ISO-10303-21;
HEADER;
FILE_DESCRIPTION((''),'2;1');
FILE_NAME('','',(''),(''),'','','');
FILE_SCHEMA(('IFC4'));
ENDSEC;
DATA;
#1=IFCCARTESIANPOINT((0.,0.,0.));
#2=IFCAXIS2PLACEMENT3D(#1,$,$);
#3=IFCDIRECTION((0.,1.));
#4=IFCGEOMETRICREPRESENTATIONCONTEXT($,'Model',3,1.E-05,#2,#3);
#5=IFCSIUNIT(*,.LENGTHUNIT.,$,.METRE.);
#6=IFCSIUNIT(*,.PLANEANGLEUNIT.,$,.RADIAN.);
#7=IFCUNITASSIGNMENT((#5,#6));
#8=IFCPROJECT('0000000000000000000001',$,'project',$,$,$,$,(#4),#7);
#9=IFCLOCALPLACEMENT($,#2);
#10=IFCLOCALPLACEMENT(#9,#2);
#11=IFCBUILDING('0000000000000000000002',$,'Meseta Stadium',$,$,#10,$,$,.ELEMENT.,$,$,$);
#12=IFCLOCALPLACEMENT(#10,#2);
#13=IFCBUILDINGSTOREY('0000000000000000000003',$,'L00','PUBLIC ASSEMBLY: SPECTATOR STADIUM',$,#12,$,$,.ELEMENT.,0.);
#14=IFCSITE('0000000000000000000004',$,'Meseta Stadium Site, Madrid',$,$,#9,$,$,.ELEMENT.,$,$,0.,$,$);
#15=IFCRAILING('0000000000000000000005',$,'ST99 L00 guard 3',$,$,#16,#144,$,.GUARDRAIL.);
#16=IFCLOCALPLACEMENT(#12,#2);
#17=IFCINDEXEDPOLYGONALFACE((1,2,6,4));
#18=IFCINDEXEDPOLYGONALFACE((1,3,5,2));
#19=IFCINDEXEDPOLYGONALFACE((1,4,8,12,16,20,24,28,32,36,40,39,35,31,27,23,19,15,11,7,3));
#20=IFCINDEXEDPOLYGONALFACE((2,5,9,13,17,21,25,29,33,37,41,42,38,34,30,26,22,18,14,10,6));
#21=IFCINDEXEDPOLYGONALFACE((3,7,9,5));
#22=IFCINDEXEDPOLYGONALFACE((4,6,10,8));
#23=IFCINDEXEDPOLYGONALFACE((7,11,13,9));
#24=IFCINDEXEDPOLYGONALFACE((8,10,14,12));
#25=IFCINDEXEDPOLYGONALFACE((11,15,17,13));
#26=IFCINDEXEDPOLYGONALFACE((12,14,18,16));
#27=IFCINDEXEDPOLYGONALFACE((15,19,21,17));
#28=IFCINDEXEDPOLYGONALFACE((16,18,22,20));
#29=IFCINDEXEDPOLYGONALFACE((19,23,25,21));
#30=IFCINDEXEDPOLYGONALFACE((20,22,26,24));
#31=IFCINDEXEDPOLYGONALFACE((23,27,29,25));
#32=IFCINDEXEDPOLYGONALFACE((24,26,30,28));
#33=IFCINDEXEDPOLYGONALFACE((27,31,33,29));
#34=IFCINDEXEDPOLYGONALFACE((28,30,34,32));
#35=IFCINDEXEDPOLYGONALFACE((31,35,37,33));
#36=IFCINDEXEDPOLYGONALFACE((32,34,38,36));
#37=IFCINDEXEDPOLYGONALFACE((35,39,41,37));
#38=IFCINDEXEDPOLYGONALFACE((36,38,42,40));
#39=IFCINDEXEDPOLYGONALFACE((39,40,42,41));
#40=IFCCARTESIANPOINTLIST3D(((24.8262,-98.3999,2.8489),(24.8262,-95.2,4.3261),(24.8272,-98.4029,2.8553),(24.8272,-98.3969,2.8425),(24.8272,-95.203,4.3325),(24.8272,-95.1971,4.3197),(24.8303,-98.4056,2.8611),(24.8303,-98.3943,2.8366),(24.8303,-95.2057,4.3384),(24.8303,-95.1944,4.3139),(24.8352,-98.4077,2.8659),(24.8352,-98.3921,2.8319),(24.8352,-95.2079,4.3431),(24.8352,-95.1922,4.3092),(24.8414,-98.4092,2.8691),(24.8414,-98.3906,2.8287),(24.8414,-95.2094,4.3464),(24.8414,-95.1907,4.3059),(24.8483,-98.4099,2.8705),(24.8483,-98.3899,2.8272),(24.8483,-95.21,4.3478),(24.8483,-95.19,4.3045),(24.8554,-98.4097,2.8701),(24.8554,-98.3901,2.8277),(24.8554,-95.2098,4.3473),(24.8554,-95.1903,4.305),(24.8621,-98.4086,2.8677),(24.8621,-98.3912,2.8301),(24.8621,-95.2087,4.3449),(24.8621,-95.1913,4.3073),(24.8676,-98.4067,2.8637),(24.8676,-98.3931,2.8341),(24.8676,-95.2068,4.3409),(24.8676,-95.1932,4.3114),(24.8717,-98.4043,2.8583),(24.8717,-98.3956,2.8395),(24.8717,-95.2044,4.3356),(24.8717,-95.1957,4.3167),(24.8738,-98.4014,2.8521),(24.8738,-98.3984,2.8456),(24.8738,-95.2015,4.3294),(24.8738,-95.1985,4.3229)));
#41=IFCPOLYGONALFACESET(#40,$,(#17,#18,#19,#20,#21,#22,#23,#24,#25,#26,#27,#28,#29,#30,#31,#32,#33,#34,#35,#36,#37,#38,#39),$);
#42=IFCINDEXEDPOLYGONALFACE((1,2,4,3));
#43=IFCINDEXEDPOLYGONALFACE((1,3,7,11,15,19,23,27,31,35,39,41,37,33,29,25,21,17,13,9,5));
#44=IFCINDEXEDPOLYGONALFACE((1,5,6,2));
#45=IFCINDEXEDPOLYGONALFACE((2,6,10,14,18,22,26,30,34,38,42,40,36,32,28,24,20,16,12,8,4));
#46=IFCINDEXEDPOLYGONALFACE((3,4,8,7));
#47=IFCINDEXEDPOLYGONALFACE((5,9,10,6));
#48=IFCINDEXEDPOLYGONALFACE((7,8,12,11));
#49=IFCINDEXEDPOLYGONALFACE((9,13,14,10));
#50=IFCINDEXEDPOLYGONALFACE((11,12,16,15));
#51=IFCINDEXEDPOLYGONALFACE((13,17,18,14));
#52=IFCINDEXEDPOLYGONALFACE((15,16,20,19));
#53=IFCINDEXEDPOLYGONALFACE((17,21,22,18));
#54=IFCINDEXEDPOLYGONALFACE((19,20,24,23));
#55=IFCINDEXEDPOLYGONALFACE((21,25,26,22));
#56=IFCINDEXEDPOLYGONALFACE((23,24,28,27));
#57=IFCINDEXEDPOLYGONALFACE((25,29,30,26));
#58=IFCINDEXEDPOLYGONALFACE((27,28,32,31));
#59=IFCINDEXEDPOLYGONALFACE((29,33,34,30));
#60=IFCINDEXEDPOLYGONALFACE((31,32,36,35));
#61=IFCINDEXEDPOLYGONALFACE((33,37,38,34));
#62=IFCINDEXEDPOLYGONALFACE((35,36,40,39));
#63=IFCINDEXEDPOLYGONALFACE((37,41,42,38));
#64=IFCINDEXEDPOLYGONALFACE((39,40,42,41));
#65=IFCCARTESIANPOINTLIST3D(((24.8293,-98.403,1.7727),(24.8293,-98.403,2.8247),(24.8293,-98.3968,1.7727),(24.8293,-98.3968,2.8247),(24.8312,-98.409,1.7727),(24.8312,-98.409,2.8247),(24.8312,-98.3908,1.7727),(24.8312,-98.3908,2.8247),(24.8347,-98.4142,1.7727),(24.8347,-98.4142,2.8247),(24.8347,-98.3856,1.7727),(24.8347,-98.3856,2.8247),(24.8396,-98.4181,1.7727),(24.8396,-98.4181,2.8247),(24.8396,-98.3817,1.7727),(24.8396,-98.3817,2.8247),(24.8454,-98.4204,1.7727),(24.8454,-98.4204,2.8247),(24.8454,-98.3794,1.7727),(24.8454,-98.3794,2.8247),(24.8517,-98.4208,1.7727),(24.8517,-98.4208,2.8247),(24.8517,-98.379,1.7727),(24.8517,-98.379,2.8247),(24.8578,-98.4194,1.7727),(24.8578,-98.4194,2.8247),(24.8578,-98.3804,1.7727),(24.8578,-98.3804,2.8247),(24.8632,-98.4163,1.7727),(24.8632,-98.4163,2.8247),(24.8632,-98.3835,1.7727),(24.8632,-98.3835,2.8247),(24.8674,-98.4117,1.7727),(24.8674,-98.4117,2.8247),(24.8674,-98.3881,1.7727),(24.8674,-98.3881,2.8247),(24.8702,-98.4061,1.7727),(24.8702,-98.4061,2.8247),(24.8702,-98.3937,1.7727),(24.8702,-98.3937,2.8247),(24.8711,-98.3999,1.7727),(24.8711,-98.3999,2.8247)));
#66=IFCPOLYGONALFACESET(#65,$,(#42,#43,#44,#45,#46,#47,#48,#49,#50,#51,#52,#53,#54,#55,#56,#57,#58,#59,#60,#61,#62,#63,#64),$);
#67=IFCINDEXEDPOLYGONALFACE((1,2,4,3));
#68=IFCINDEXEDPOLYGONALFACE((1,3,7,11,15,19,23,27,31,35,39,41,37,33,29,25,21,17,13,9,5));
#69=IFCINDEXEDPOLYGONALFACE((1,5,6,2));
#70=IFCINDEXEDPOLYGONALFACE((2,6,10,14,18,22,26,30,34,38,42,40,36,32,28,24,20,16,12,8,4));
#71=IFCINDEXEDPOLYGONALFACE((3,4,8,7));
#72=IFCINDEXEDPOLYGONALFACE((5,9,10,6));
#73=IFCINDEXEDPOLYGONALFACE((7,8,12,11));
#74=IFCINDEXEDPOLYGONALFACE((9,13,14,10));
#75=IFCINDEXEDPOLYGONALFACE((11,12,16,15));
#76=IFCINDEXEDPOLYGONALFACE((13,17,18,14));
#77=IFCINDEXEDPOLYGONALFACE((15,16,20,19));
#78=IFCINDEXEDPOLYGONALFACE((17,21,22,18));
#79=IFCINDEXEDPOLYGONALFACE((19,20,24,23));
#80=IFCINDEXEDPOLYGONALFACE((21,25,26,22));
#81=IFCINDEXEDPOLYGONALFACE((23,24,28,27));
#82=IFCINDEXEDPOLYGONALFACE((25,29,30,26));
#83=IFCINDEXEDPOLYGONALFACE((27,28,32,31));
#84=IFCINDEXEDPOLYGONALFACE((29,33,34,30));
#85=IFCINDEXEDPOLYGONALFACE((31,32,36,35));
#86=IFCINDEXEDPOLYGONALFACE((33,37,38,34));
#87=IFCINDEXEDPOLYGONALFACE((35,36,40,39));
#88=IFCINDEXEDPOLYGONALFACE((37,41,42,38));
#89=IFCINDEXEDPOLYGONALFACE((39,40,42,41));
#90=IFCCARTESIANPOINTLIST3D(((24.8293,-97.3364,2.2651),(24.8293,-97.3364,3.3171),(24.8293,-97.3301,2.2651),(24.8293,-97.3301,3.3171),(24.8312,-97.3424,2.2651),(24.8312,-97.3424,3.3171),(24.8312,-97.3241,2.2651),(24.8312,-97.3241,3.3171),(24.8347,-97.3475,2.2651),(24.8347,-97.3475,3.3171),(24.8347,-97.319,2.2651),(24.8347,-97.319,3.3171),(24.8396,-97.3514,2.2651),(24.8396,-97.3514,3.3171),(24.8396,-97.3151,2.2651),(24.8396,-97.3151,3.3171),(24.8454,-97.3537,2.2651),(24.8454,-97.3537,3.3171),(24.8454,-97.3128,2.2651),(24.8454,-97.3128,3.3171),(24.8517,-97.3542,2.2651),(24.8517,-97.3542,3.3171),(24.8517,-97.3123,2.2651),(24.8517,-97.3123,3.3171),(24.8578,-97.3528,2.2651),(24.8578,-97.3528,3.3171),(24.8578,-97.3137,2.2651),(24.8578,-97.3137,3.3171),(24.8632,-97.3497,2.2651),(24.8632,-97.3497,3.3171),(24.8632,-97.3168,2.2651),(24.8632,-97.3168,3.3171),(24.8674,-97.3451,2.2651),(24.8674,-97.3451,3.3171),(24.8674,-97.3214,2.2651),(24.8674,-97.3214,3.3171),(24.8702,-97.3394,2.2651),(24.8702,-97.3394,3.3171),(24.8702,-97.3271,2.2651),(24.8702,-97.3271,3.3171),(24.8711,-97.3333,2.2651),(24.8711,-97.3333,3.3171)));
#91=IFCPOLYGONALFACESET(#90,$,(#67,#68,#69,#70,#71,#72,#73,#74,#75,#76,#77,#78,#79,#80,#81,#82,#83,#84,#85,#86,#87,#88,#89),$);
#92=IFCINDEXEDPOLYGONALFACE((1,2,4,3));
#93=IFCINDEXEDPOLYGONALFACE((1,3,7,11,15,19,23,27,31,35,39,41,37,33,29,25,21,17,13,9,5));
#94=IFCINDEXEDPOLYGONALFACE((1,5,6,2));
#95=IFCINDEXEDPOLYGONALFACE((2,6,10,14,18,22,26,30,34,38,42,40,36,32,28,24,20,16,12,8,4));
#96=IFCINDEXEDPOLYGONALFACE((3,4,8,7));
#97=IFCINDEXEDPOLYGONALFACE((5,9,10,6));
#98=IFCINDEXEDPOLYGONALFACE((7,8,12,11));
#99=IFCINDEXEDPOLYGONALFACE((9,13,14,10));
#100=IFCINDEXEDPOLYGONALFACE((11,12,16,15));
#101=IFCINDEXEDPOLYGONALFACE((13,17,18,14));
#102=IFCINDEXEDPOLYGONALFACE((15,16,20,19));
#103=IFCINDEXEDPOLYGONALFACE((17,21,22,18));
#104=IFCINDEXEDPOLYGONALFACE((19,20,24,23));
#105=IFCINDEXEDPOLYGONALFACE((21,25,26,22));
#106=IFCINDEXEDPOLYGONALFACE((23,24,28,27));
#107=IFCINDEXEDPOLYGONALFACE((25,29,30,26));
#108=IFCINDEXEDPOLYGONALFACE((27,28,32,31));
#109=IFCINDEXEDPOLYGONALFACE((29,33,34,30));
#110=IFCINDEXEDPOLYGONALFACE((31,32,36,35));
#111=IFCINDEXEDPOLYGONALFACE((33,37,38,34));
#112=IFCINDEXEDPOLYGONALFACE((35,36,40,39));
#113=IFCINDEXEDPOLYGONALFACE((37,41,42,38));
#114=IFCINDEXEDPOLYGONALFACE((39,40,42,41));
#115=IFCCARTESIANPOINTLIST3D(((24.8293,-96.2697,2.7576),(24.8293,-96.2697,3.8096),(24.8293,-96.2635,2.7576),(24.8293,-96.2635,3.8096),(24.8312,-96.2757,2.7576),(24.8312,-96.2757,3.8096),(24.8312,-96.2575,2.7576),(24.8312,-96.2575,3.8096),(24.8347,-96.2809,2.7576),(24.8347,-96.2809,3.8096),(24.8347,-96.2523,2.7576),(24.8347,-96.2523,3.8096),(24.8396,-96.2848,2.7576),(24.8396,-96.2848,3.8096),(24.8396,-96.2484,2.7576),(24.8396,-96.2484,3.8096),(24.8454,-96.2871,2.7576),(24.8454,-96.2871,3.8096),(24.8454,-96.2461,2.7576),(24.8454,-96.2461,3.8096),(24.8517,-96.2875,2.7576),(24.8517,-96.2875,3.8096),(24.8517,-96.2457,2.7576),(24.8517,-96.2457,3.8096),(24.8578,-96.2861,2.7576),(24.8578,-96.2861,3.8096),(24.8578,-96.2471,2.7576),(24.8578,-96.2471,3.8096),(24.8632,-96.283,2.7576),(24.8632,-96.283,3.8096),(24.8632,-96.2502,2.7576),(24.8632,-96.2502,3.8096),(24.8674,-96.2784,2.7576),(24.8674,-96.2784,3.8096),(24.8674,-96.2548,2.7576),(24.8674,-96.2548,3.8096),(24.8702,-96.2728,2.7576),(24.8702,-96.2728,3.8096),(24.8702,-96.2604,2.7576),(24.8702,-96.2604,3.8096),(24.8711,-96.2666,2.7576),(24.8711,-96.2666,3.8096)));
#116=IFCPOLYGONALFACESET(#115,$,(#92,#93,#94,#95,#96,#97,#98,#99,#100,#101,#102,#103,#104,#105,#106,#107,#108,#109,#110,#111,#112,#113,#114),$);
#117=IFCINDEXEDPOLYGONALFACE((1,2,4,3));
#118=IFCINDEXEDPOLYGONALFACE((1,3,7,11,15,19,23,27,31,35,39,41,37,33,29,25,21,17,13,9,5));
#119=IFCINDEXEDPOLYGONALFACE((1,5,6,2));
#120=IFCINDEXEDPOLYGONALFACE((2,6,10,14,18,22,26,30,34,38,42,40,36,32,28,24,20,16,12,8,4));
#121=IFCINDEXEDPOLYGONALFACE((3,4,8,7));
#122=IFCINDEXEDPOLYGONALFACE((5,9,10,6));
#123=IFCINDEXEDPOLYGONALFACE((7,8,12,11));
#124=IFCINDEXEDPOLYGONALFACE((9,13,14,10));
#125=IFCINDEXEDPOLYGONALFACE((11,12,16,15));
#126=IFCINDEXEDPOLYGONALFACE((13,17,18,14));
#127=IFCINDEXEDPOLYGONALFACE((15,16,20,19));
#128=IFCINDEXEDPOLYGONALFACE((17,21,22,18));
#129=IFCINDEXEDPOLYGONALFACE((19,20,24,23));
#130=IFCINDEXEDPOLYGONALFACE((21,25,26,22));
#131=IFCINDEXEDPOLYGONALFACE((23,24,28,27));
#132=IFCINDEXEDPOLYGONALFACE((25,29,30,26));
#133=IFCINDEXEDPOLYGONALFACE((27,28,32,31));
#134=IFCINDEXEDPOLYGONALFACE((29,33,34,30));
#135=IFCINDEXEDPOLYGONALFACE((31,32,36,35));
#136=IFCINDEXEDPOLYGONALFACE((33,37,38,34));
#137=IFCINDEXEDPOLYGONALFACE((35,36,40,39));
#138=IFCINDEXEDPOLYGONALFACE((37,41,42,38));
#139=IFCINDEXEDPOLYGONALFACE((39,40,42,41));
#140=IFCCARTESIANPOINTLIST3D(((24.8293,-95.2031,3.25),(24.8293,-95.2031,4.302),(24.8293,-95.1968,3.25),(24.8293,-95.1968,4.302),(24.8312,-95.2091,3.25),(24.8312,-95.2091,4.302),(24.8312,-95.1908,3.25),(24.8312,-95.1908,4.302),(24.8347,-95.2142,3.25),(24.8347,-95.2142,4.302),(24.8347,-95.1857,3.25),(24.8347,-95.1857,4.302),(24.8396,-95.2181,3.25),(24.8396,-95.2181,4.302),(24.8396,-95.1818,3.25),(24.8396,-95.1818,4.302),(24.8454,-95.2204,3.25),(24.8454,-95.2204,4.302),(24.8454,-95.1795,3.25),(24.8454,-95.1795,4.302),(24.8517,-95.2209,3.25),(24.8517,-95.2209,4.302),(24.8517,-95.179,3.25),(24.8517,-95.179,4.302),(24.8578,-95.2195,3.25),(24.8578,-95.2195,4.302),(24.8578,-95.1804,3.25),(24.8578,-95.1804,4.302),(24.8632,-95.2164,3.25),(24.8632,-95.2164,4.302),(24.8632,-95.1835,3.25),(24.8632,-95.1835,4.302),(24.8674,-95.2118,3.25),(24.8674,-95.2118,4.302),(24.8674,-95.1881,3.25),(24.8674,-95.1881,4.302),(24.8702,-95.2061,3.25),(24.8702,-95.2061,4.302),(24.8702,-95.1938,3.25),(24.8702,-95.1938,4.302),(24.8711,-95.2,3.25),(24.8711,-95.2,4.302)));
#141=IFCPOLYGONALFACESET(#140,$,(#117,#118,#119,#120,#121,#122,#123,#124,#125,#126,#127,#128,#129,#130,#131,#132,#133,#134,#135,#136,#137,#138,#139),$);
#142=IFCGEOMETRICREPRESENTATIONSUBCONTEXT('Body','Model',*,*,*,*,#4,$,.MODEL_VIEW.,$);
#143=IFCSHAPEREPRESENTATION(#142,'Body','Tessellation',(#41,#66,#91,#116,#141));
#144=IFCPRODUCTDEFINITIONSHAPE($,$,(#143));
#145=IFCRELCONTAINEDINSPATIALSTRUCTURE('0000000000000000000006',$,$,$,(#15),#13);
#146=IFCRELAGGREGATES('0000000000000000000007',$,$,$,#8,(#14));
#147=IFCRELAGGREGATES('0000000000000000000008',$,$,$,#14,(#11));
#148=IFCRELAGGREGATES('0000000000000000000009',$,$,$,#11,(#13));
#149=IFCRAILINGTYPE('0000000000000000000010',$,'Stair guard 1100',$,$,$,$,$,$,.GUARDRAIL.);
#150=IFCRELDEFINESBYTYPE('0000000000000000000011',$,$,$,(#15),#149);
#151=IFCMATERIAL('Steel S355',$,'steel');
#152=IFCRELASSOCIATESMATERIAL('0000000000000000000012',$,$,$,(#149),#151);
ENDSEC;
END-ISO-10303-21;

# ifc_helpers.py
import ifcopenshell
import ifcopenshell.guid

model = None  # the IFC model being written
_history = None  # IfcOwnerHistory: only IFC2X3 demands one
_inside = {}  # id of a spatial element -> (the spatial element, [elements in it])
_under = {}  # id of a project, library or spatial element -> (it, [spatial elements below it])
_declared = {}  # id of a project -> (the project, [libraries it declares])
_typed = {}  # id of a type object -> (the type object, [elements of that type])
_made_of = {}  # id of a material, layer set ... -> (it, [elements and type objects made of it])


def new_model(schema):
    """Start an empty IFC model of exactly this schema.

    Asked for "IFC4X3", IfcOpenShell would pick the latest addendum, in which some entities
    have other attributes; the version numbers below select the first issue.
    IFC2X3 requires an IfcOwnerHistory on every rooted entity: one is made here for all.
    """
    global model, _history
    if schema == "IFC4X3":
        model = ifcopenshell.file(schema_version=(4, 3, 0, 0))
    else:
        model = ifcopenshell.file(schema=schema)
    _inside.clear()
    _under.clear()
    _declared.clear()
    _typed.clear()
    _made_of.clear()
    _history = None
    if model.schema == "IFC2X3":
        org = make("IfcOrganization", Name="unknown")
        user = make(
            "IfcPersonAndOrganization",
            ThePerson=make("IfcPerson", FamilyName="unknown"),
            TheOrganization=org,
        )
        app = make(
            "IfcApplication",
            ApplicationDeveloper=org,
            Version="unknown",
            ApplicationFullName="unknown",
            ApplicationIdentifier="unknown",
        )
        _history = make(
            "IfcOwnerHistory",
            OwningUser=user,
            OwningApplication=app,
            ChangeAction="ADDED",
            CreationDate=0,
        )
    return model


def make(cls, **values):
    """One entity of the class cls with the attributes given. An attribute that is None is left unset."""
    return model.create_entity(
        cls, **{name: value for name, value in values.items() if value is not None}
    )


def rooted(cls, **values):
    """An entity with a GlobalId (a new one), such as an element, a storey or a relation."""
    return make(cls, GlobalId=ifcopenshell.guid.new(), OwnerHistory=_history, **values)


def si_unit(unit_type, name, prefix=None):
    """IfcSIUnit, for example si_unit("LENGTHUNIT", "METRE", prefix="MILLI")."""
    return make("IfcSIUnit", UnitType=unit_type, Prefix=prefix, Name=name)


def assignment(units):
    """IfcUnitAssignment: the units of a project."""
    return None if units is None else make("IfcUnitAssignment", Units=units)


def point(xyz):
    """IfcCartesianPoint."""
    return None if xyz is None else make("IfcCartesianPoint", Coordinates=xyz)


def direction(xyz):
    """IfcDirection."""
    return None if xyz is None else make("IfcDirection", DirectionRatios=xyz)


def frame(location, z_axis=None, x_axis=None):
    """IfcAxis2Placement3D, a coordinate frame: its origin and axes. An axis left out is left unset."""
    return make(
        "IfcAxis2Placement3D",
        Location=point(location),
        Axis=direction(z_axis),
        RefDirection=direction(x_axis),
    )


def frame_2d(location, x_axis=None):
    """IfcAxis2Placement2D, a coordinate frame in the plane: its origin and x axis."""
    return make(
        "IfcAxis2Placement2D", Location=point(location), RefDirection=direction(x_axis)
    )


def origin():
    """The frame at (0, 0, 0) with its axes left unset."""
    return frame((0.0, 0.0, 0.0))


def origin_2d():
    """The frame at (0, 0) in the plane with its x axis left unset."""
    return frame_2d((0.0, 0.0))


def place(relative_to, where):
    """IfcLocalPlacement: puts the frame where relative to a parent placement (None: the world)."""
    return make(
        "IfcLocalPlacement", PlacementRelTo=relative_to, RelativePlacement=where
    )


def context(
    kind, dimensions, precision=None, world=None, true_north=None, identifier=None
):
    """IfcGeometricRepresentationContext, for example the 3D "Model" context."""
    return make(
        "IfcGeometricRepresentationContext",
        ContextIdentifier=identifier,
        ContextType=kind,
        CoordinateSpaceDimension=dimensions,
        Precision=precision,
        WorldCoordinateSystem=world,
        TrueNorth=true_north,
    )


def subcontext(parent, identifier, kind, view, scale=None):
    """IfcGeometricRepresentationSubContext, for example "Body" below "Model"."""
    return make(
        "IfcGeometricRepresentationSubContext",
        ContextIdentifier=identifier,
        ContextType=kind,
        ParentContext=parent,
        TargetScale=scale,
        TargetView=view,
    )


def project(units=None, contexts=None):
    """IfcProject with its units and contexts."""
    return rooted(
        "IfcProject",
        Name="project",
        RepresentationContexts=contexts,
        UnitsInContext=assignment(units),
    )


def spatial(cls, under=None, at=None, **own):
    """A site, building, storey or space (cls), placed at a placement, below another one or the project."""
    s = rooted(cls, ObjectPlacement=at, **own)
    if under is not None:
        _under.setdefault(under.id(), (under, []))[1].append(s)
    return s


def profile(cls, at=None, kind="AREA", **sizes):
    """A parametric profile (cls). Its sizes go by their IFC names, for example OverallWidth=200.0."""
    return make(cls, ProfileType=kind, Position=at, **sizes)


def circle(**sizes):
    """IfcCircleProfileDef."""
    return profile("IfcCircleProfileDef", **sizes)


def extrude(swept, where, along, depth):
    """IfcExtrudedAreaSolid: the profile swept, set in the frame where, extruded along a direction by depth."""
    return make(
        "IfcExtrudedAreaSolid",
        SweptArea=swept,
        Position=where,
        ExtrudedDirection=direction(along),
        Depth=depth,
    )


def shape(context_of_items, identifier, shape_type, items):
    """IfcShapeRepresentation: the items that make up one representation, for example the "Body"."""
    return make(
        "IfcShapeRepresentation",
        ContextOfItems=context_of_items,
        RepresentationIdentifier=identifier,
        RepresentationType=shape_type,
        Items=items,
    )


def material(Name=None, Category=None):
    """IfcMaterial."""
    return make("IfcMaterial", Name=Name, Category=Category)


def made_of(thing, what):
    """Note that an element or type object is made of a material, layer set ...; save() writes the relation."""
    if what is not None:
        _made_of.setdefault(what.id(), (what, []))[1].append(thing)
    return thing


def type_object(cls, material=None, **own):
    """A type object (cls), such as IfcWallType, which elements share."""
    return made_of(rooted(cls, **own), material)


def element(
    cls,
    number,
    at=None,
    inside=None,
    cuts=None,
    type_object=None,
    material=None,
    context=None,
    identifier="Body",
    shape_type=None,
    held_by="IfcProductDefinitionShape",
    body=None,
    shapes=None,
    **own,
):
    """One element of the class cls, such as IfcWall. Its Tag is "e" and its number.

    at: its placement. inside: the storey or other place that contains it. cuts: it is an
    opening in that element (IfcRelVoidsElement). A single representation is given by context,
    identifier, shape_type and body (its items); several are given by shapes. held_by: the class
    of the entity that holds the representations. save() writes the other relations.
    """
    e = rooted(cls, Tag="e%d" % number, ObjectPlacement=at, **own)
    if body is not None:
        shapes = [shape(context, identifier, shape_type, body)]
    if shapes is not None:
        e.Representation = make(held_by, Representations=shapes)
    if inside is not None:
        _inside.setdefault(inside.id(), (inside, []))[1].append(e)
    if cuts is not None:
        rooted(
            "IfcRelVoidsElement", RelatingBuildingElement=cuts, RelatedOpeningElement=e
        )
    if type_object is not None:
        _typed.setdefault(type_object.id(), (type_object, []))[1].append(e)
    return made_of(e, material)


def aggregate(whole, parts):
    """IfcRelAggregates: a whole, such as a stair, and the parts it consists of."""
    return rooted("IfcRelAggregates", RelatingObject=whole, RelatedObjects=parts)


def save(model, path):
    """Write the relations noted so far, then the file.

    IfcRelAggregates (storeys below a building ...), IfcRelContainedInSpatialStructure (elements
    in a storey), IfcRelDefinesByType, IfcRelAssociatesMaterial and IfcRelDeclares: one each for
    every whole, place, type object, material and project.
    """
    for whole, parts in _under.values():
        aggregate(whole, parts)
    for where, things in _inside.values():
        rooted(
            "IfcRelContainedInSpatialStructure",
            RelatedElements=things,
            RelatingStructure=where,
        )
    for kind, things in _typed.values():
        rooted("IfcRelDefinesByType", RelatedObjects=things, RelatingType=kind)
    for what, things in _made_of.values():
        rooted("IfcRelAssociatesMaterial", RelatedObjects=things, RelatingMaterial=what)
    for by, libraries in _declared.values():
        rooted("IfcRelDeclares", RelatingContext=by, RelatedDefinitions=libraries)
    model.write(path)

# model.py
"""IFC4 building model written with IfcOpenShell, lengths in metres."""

from ifc_helpers import new_model, si_unit, direction, frame, origin, origin_2d, place, context, subcontext, project, spatial, circle, extrude, material, type_object, element, save


model = new_model("IFC4")

# Units and contexts
model_context = context("Model", 3, precision=1e-05, world=origin(), true_north=direction((0.0, 1.0)))
body_context = subcontext(model_context, "Body", "Model", "MODEL_VIEW")
ifc_project = project(units=[si_unit("LENGTHUNIT", "METRE"), si_unit("PLANEANGLEUNIT", "RADIAN")], contexts=[model_context])

# Site, building, storey
site_placement = place(None, origin())
site = spatial("IfcSite", under=ifc_project, at=site_placement, Name="Meseta Stadium Site, Madrid", CompositionType="ELEMENT", RefElevation=0.0)
building_placement = place(site_placement, origin())
building = spatial("IfcBuilding", under=site, at=building_placement, Name="Meseta Stadium", CompositionType="ELEMENT")
storey_placement = place(building_placement, origin())
storey = spatial("IfcBuildingStorey", under=building, at=storey_placement, Name="L00", Description="PUBLIC ASSEMBLY: SPECTATOR STADIUM", CompositionType="ELEMENT", Elevation=0.0)

# Railing
ifc_material_1 = material(Name="Steel S355", Category="steel")
railing_type_1 = type_object("IfcRailingType", Name="Stair guard 1100", PredefinedType="GUARDRAIL", material=ifc_material_1)
railing_1_placement = place(storey_placement, frame((24.8501, -98.3999, 1.7727)))
element("IfcRailing", 1, at=railing_1_placement, inside=storey, type_object=railing_type_1, Name="ST99 L00 guard 3", PredefinedType="GUARDRAIL", context=body_context, shape_type="SweptSolid", body=[
    extrude(circle(Radius=0.0239, at=origin_2d()), frame((0.0, 0.0, 1.0762), z_axis=(0.0, 0.907917, 0.41915), x_axis=(-1.0, 0.0, 0.0)), (0.0, 0.0, 1.0), 3.5244),
    extrude(circle(Radius=0.021, at=origin_2d()), origin(), (0.0, 0.0, 1.0), 1.052),
    extrude(circle(Radius=0.021, at=origin_2d()), frame((0.0, 1.0667, 0.4924)), (0.0, 0.0, 1.0), 1.052),
    extrude(circle(Radius=0.021, at=origin_2d()), frame((0.0, 2.1333, 0.9849)), (0.0, 0.0, 1.0), 1.052),
    extrude(circle(Radius=0.021, at=origin_2d()), frame((0.0, 3.2, 1.4773)), (0.0, 0.0, 1.0), 1.052),
])

save(model, "model.ifc")
